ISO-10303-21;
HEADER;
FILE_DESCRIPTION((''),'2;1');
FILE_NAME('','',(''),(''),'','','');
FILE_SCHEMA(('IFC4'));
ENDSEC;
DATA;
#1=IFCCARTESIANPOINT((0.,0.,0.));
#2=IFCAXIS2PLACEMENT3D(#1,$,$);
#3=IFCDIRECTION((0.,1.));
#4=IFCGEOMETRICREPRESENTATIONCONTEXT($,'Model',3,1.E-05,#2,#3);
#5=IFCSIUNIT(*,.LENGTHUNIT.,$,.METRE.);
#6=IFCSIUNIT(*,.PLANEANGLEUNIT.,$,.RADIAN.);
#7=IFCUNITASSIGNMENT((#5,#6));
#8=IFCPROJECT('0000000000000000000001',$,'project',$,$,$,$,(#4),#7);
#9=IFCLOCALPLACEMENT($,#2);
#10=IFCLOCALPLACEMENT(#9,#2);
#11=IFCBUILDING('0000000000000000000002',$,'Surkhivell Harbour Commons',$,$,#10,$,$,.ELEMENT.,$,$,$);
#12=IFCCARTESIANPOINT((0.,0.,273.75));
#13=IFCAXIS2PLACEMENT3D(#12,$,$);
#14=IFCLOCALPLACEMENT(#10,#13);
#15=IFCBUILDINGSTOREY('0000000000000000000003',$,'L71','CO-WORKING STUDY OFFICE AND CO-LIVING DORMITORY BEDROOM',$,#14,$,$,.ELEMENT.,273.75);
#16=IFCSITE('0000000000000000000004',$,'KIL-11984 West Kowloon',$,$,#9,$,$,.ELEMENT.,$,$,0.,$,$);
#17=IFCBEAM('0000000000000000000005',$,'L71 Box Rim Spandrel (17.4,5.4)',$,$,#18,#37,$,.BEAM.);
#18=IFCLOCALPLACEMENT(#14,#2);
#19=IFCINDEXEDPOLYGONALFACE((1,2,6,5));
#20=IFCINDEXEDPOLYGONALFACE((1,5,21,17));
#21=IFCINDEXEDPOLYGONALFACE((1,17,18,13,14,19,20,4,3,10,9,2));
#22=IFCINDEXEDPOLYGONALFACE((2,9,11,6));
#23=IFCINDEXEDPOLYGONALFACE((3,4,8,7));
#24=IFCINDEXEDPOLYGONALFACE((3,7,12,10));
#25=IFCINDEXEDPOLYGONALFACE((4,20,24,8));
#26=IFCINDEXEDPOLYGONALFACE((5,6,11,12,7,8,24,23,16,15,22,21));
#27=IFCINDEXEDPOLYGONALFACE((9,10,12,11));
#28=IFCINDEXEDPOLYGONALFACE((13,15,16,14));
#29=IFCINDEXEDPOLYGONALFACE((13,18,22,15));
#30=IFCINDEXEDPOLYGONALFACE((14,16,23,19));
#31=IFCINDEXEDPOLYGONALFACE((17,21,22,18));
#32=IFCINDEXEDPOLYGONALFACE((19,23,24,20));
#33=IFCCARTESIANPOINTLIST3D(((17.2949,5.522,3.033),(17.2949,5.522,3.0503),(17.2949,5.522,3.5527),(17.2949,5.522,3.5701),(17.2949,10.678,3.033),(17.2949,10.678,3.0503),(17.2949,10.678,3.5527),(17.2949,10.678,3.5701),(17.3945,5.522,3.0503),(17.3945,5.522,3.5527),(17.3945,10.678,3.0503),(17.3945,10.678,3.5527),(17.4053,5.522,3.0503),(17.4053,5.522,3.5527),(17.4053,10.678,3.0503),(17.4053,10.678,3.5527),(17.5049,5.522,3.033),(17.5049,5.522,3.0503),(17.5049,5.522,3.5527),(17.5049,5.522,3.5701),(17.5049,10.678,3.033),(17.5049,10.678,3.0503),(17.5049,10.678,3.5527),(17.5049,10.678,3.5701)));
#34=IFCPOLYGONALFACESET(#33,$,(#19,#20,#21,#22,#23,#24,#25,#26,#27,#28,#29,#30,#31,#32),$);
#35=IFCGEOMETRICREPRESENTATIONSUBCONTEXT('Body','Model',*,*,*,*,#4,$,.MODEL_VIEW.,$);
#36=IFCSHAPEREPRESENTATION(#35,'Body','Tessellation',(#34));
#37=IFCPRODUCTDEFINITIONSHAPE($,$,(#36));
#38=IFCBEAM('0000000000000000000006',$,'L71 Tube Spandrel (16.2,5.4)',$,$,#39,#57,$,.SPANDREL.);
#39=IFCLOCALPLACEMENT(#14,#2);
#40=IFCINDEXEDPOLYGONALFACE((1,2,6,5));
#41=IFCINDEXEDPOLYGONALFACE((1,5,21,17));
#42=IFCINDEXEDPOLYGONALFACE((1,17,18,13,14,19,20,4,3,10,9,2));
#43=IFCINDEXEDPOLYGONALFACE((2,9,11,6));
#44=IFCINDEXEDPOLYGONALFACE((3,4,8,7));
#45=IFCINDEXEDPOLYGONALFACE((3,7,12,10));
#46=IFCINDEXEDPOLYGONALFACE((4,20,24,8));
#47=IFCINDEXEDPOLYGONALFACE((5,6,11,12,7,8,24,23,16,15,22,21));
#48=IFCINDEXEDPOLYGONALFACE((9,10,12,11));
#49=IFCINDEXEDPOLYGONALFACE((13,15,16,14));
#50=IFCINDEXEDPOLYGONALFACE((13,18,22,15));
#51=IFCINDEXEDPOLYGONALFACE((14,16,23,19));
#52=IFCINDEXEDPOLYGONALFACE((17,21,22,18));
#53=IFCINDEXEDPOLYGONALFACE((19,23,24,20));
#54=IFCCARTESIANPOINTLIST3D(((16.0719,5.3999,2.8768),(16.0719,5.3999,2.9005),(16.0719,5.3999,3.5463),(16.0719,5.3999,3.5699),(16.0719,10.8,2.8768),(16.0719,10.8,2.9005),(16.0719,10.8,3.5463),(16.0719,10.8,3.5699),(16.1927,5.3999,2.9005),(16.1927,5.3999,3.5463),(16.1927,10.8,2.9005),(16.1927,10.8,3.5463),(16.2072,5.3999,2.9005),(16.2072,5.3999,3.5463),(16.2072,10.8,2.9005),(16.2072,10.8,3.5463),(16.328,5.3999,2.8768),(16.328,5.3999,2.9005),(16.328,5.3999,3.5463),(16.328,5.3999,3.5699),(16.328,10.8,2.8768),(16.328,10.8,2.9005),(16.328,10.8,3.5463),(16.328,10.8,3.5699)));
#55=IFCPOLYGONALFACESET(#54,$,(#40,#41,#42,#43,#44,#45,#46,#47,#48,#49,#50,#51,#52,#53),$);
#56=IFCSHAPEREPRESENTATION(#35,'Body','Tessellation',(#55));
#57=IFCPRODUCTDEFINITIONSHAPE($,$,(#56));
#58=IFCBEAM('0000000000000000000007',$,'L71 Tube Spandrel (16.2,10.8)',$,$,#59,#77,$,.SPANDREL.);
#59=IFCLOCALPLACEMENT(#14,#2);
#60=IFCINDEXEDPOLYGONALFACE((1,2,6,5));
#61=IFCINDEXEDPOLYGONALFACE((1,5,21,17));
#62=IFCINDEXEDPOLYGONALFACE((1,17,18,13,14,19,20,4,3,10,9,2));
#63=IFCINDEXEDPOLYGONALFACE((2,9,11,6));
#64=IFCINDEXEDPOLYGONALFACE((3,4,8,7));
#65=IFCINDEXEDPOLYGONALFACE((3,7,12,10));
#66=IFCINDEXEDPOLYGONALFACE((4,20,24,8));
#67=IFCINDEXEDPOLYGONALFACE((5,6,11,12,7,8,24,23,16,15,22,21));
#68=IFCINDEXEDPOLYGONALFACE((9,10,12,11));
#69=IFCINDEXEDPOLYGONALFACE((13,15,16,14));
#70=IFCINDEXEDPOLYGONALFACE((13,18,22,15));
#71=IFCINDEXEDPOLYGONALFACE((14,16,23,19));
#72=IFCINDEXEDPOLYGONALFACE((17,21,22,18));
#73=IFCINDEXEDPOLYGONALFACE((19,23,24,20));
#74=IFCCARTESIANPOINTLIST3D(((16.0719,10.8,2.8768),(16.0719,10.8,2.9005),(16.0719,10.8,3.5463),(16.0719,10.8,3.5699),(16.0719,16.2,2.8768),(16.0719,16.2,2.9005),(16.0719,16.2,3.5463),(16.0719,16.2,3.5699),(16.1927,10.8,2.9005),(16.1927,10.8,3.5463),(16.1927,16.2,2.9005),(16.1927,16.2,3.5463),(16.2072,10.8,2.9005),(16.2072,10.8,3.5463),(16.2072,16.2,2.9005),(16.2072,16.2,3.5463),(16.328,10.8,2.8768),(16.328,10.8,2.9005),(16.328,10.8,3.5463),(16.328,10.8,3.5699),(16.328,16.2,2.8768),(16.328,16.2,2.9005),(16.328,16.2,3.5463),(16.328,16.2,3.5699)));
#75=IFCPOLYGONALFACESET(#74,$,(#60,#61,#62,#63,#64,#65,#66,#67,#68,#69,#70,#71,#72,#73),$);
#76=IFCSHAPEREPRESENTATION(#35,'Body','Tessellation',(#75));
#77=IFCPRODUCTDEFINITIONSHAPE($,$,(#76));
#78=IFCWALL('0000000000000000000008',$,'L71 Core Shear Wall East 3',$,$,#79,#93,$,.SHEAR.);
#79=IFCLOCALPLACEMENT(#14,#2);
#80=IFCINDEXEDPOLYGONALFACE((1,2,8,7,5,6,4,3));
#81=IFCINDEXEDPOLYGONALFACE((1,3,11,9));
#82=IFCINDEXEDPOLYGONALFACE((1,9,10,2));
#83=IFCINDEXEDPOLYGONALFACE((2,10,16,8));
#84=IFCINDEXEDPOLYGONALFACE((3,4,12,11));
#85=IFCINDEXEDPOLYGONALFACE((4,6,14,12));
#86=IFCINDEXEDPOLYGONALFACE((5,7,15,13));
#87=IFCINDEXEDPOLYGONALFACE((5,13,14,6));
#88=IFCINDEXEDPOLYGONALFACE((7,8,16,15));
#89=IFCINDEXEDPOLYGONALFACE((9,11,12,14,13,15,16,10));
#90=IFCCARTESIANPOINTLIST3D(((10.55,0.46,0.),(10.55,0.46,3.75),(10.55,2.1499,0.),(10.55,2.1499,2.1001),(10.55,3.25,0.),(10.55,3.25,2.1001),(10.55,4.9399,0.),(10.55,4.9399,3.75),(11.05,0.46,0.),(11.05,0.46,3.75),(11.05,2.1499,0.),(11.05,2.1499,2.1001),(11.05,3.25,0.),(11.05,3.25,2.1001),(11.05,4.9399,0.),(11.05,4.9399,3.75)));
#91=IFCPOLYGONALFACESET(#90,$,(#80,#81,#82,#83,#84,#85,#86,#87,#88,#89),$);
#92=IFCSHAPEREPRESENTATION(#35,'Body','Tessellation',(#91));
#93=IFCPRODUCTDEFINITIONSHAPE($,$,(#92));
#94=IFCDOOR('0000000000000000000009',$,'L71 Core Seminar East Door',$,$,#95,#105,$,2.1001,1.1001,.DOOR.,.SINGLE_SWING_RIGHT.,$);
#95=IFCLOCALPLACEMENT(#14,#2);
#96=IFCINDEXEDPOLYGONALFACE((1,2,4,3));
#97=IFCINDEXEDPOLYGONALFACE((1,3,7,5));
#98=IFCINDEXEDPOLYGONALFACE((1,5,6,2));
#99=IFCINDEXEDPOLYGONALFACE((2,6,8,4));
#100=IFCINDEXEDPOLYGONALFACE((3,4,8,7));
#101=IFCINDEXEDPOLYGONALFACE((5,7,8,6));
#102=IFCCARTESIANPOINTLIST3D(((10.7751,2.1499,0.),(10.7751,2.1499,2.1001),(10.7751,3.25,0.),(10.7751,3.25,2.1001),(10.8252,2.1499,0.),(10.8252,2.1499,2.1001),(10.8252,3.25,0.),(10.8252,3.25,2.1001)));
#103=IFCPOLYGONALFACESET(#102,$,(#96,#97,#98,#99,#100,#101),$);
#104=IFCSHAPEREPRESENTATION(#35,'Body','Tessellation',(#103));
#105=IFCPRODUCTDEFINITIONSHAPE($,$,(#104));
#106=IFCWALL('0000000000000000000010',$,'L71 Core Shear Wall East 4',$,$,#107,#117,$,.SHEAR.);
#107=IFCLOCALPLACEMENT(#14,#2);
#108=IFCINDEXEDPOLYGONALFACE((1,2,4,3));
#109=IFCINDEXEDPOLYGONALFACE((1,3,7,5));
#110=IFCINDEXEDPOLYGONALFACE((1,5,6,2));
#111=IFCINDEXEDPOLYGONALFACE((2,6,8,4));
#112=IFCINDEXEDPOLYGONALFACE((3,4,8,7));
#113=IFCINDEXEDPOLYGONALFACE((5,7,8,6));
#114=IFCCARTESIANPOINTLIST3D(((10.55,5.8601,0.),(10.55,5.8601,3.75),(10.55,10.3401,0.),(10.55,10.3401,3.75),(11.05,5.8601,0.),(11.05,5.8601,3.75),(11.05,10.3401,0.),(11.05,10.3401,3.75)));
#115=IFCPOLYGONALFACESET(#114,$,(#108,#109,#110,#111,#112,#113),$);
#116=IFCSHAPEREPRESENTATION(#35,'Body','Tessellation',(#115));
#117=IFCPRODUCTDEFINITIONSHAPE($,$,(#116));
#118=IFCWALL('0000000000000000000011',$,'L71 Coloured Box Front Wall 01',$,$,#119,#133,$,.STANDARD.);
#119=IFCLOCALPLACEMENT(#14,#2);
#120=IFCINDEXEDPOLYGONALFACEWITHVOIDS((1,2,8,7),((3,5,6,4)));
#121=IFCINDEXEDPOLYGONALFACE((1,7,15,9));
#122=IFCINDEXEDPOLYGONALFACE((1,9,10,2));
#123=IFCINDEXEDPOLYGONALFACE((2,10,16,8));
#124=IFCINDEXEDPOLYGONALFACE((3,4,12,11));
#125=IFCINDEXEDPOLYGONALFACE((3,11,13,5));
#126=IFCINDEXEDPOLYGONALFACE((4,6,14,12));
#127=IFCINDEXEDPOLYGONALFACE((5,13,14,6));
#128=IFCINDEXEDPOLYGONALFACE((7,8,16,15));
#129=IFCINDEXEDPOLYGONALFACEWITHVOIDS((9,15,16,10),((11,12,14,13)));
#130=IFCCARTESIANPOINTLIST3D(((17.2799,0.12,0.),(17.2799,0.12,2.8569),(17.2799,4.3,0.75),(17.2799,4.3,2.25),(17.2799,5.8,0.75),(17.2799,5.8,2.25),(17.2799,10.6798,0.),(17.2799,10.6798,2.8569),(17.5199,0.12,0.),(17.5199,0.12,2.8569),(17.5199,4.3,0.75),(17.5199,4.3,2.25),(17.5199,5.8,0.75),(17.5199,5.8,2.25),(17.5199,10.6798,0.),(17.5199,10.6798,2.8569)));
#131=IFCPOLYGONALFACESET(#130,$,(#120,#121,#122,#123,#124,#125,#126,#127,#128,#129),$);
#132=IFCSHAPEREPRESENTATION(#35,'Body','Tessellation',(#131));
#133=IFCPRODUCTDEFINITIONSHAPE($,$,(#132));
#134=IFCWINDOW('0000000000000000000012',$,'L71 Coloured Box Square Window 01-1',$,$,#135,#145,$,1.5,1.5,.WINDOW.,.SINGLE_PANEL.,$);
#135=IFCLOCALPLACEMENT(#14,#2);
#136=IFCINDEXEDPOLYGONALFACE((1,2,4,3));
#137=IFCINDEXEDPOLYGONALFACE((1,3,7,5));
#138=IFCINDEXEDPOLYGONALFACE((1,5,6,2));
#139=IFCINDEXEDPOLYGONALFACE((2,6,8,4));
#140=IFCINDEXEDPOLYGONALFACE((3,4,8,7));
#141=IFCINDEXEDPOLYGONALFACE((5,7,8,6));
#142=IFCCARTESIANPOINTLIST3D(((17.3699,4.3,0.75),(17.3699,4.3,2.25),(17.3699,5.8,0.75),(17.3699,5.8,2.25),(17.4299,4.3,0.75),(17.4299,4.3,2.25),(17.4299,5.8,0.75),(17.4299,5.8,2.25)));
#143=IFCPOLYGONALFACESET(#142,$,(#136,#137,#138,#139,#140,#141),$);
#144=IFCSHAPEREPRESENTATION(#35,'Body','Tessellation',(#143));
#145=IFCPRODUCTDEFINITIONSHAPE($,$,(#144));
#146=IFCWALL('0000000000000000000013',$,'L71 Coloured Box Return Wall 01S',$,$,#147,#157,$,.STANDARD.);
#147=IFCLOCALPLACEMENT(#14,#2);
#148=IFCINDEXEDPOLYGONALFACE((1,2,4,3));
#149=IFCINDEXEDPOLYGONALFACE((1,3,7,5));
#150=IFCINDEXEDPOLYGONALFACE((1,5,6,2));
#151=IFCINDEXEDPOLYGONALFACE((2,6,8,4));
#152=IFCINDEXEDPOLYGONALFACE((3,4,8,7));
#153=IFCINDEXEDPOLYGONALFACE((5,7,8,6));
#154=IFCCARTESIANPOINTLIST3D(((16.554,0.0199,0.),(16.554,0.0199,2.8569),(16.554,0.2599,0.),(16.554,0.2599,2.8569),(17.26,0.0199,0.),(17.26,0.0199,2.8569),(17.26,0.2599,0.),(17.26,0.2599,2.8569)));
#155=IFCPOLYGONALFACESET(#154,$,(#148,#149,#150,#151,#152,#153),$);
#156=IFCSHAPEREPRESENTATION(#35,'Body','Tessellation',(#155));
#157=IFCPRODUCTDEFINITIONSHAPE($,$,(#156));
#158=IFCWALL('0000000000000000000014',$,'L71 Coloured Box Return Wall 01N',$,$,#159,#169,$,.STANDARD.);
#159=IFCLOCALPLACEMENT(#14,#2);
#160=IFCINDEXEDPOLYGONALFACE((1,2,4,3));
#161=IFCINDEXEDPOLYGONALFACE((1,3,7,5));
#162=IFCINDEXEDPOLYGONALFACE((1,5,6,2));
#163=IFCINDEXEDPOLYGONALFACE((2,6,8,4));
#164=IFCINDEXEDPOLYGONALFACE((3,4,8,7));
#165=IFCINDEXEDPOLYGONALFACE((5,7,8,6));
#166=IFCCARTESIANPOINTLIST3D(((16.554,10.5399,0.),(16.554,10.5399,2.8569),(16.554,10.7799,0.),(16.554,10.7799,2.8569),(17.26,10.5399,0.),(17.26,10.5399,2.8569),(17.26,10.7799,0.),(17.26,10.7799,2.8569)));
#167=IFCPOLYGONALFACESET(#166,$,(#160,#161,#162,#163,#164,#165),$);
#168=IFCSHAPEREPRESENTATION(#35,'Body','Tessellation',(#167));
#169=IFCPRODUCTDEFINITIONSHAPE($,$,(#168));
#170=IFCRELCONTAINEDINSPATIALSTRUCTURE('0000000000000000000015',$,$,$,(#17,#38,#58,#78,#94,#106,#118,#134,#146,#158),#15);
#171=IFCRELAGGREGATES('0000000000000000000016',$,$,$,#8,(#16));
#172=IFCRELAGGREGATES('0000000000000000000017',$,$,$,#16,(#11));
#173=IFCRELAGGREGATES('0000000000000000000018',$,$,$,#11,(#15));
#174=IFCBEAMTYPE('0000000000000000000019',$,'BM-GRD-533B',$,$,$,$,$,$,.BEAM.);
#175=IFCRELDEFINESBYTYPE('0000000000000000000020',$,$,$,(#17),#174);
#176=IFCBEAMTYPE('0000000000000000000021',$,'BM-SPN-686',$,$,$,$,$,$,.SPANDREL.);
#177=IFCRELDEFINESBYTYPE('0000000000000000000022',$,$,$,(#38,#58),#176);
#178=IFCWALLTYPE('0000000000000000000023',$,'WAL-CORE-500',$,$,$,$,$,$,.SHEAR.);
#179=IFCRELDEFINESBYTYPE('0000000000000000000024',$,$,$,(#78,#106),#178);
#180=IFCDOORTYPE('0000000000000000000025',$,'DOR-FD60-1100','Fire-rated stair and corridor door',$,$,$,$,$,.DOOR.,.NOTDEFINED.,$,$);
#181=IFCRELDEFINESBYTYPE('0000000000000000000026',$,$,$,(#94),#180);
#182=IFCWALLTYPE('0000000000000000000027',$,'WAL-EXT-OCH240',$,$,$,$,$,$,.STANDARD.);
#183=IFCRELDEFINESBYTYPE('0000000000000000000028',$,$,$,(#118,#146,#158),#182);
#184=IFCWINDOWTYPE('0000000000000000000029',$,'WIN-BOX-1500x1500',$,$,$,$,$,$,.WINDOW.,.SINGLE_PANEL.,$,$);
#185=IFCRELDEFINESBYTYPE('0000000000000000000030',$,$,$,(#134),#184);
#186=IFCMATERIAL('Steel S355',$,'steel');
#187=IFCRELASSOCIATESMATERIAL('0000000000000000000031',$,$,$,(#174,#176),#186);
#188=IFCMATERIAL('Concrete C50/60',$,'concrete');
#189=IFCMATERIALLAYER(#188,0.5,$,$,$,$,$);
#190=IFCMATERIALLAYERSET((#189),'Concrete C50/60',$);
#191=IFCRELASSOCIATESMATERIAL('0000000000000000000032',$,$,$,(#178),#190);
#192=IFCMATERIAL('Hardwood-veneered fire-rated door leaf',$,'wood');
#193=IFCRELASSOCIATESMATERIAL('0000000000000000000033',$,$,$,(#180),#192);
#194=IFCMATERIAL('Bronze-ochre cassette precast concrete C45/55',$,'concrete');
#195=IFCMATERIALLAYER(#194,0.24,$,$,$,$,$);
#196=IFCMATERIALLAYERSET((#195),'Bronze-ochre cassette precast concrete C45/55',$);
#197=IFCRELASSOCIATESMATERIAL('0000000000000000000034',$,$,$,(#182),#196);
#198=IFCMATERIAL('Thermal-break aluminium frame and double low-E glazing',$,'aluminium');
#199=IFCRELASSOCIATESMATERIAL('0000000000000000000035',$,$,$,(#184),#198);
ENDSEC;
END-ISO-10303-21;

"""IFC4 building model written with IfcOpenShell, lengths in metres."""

from ifc_helpers import new_model, si_unit, direction, frame, frame_2d, origin, origin_2d, place, context, subcontext, project, spatial, rectangle, i_section, extrude, material, layer, layer_set, material_profile, profile_set, type_object, element, fill, save


model = new_model("IFC4")

# Units and contexts
model_context = context("Model", 3, precision=1e-05, world=origin(), true_north=direction((0.0, 1.0)))
body_context = subcontext(model_context, "Body", "Model", "MODEL_VIEW")
ifc_project = project(units=[si_unit("LENGTHUNIT", "METRE"), si_unit("PLANEANGLEUNIT", "RADIAN")], contexts=[model_context])

# Site, building, storey
site_placement = place(None, origin())
site = spatial("IfcSite", under=ifc_project, at=site_placement, Name="KIL-11984 West Kowloon", CompositionType="ELEMENT", RefElevation=0.0)
building_placement = place(site_placement, origin())
building = spatial("IfcBuilding", under=site, at=building_placement, Name="Surkhivell Harbour Commons", CompositionType="ELEMENT")
storey_placement = place(building_placement, frame((0.0, 0.0, 273.75)))
storey = spatial("IfcBuildingStorey", under=building, at=storey_placement, Name="L71", Description="CO-WORKING STUDY OFFICE AND CO-LIVING DORMITORY BEDROOM", CompositionType="ELEMENT", Elevation=273.75)

# Shared definitions
ifc_material_1 = material(Name="Concrete C50/60", Category="concrete")

# Beams
ifc_material_2 = material(Name="Steel S355", Category="steel")
ifc_material_profile_1 = material_profile(ifc_material_2, i_section(OverallWidth=0.21, OverallDepth=0.5371, WebThickness=0.0107, FlangeThickness=0.0173, at=origin_2d()), Name="UB533x210x101")
ifc_profile_set_1 = profile_set([ifc_material_profile_1], Name="Steel S355")
beam_type_1 = type_object("IfcBeamType", Name="BM-GRD-533B", PredefinedType="BEAM", material=ifc_profile_set_1)
for number, where, z_axis, x_axis, name in (
    (1, (17.3999, 5.522, 3.3015), (0.0, 1.0, 0.0), (-1.0, 0.0, 0.0), "L71 Box Rim Spandrel (17.4,5.4)"),
):
    element("IfcBeam", number, at=place(storey_placement, frame(where, z_axis=z_axis, x_axis=x_axis)), inside=storey, type_object=beam_type_1, Name=name, PredefinedType="BEAM", context=body_context, shape_type="SweptSolid", body=[
        extrude(i_section(OverallWidth=0.21, OverallDepth=0.5371, WebThickness=0.0107, FlangeThickness=0.0173, at=origin_2d()), origin(), (0.0, 0.0, 1.0), 5.156),
    ])
ifc_material_profile_2 = material_profile(ifc_material_2, i_section(OverallWidth=0.2561, OverallDepth=0.6931, WebThickness=0.0144, FlangeThickness=0.0237, at=origin_2d()), Name="UB686x254x170")
ifc_profile_set_2 = profile_set([ifc_material_profile_2], Name="Steel S355")
beam_type_2 = type_object("IfcBeamType", Name="BM-SPN-686", PredefinedType="SPANDREL", material=ifc_profile_set_2)
beam_1_placement = place(storey_placement, frame((16.2, 5.3999, 3.2234), z_axis=(0.0, 1.0, 0.0), x_axis=(-1.0, 0.0, 0.0)))
element("IfcBeam", 2, at=beam_1_placement, inside=storey, type_object=beam_type_2, Name="L71 Tube Spandrel (16.2,5.4)", PredefinedType="SPANDREL", context=body_context, shape_type="SweptSolid", body=[
    extrude(i_section(OverallWidth=0.2561, OverallDepth=0.6931, WebThickness=0.0144, FlangeThickness=0.0237, at=origin_2d()), origin(), (0.0, 0.0, 1.0), 5.4001),
])
beam_2_placement = place(storey_placement, frame((16.2, 10.8, 3.2234), z_axis=(0.0, 1.0, 0.0), x_axis=(-1.0, 0.0, 0.0)))
element("IfcBeam", 3, at=beam_2_placement, inside=storey, type_object=beam_type_2, Name="L71 Tube Spandrel (16.2,10.8)", PredefinedType="SPANDREL", context=body_context, shape_type="SweptSolid", body=[
    extrude(i_section(OverallWidth=0.2561, OverallDepth=0.6931, WebThickness=0.0144, FlangeThickness=0.0237, at=origin_2d()), origin(), (0.0, 0.0, 1.0), 5.3999),
])

# Wall, opening, door
ifc_layer_1 = layer(ifc_material_1, 0.5)
ifc_layer_set_1 = layer_set([ifc_layer_1], Name="Concrete C50/60")
wall_type_1 = type_object("IfcWallType", Name="WAL-CORE-500", PredefinedType="SHEAR", material=ifc_layer_set_1)
wall_1_placement = place(storey_placement, frame((10.8, 0.46, 0.0), z_axis=(0.0, 0.0, 1.0), x_axis=(0.0, 1.0, 0.0)))
wall_1 = element("IfcWall", 4, at=wall_1_placement, inside=storey, type_object=wall_type_1, Name="L71 Core Shear Wall East 3", PredefinedType="SHEAR", context=body_context, shape_type="SweptSolid", body=[
    extrude(rectangle(XDim=4.48, YDim=0.5, at=frame_2d((2.24, 0.0))), origin(), (0.0, 0.0, 1.0), 3.75),
])
opening_1_placement = place(wall_1_placement, frame((1.6899, 0.0, 0.0)))
opening_1 = element("IfcOpeningElement", 5, at=opening_1_placement, cuts=wall_1, PredefinedType="OPENING", context=body_context, shape_type="SweptSolid", body=[
    extrude(rectangle(XDim=1.1001, YDim=2.1001, at=frame_2d((0.55, 1.05))), frame((0.0, 0.26, 0.0), z_axis=(0.0, -1.0, 0.0), x_axis=(1.0, 0.0, 0.0)), (0.0, 0.0, 1.0), 0.52),
])
ifc_material_3 = material(Name="Hardwood-veneered fire-rated door leaf", Category="wood")
door_type = type_object("IfcDoorType", Name="DOR-FD60-1100", Description="Fire-rated stair and corridor door", OperationType="NOTDEFINED", PredefinedType="DOOR", material=ifc_material_3)
door_placement = place(opening_1_placement, origin())
door = element("IfcDoor", 6, at=door_placement, inside=storey, type_object=door_type, Name="L71 Core Seminar East Door", OperationType="SINGLE_SWING_RIGHT", OverallHeight=2.1001, OverallWidth=1.1001, PredefinedType="DOOR", context=body_context, shape_type="SweptSolid", body=[
    extrude(rectangle(XDim=1.1001, YDim=2.1001, at=frame_2d((0.55, 1.05))), frame((0.0, 0.0249, 0.0), z_axis=(0.0, -1.0, 0.0), x_axis=(1.0, 0.0, 0.0)), (0.0, 0.0, 1.0), 0.05),
])
fill(opening_1, door)

# Wall
wall_2_placement = place(storey_placement, frame((10.8, 5.8601, 0.0), z_axis=(0.0, 0.0, 1.0), x_axis=(0.0, 1.0, 0.0)))
element("IfcWall", 7, at=wall_2_placement, inside=storey, type_object=wall_type_1, Name="L71 Core Shear Wall East 4", PredefinedType="SHEAR", context=body_context, shape_type="SweptSolid", body=[
    extrude(rectangle(XDim=4.48, YDim=0.5, at=frame_2d((2.24, 0.0))), origin(), (0.0, 0.0, 1.0), 3.75),
])

# Wall, opening, window
ifc_material_4 = material(Name="Bronze-ochre cassette precast concrete C45/55", Category="concrete")
ifc_layer_2 = layer(ifc_material_4, 0.24)
ifc_layer_set_2 = layer_set([ifc_layer_2], Name="Bronze-ochre cassette precast concrete C45/55")
wall_type_2 = type_object("IfcWallType", Name="WAL-EXT-OCH240", PredefinedType="STANDARD", material=ifc_layer_set_2)
wall_3_placement = place(storey_placement, frame((17.3999, 0.1201, 0.0), z_axis=(0.0, 0.0, 1.0), x_axis=(0.0, 1.0, 0.0)))
wall_3 = element("IfcWall", 8, at=wall_3_placement, inside=storey, type_object=wall_type_2, Name="L71 Coloured Box Front Wall 01", PredefinedType="STANDARD", context=body_context, shape_type="SweptSolid", body=[
    extrude(rectangle(XDim=10.5598, YDim=0.24, at=frame_2d((5.2798, 0.0))), origin(), (0.0, 0.0, 1.0), 2.8569),
])
opening_2_placement = place(wall_3_placement, frame((4.1799, 0.0, 0.75)))
opening_2 = element("IfcOpeningElement", 9, at=opening_2_placement, cuts=wall_3, PredefinedType="OPENING", context=body_context, shape_type="SweptSolid", body=[
    extrude(rectangle(XDim=1.5, YDim=1.5, at=frame_2d((0.75, 0.75))), frame((0.0, 0.1299, 0.0), z_axis=(0.0, -1.0, 0.0), x_axis=(1.0, 0.0, 0.0)), (0.0, 0.0, 1.0), 0.26),
])
ifc_material_5 = material(Name="Thermal-break aluminium frame and double low-E glazing", Category="aluminium")
window_type = type_object("IfcWindowType", Name="WIN-BOX-1500x1500", PartitioningType="SINGLE_PANEL", PredefinedType="WINDOW", material=ifc_material_5)
window_placement = place(opening_2_placement, origin())
window = element("IfcWindow", 10, at=window_placement, inside=storey, type_object=window_type, Name="L71 Coloured Box Square Window 01-1", OverallHeight=1.5, OverallWidth=1.5, PartitioningType="SINGLE_PANEL", PredefinedType="WINDOW", context=body_context, shape_type="SweptSolid", body=[
    extrude(rectangle(XDim=1.5, YDim=1.5, at=frame_2d((0.75, 0.75))), frame((0.0, 0.03, 0.0), z_axis=(0.0, -1.0, 0.0), x_axis=(1.0, 0.0, 0.0)), (0.0, 0.0, 1.0), 0.0601),
])
fill(opening_2, window)

# Walls
for number, where, z_axis, x_axis, name in (
    (11, (16.554, 0.1399, 0.0), (0.0, 0.0, 1.0), (1.0, 0.0, 0.0), "L71 Coloured Box Return Wall 01S"),
    (12, (16.554, 10.6599, 0.0), (0.0, 0.0, 1.0), (1.0, 0.0, 0.0), "L71 Coloured Box Return Wall 01N"),
):
    element("IfcWall", number, at=place(storey_placement, frame(where, z_axis=z_axis, x_axis=x_axis)), inside=storey, type_object=wall_type_2, Name=name, PredefinedType="STANDARD", context=body_context, shape_type="SweptSolid", body=[
        extrude(rectangle(XDim=0.7061, YDim=0.24, at=frame_2d((0.353, 0.0))), origin(), (0.0, 0.0, 1.0), 2.8569),
    ])

save(model, "model.ifc")
